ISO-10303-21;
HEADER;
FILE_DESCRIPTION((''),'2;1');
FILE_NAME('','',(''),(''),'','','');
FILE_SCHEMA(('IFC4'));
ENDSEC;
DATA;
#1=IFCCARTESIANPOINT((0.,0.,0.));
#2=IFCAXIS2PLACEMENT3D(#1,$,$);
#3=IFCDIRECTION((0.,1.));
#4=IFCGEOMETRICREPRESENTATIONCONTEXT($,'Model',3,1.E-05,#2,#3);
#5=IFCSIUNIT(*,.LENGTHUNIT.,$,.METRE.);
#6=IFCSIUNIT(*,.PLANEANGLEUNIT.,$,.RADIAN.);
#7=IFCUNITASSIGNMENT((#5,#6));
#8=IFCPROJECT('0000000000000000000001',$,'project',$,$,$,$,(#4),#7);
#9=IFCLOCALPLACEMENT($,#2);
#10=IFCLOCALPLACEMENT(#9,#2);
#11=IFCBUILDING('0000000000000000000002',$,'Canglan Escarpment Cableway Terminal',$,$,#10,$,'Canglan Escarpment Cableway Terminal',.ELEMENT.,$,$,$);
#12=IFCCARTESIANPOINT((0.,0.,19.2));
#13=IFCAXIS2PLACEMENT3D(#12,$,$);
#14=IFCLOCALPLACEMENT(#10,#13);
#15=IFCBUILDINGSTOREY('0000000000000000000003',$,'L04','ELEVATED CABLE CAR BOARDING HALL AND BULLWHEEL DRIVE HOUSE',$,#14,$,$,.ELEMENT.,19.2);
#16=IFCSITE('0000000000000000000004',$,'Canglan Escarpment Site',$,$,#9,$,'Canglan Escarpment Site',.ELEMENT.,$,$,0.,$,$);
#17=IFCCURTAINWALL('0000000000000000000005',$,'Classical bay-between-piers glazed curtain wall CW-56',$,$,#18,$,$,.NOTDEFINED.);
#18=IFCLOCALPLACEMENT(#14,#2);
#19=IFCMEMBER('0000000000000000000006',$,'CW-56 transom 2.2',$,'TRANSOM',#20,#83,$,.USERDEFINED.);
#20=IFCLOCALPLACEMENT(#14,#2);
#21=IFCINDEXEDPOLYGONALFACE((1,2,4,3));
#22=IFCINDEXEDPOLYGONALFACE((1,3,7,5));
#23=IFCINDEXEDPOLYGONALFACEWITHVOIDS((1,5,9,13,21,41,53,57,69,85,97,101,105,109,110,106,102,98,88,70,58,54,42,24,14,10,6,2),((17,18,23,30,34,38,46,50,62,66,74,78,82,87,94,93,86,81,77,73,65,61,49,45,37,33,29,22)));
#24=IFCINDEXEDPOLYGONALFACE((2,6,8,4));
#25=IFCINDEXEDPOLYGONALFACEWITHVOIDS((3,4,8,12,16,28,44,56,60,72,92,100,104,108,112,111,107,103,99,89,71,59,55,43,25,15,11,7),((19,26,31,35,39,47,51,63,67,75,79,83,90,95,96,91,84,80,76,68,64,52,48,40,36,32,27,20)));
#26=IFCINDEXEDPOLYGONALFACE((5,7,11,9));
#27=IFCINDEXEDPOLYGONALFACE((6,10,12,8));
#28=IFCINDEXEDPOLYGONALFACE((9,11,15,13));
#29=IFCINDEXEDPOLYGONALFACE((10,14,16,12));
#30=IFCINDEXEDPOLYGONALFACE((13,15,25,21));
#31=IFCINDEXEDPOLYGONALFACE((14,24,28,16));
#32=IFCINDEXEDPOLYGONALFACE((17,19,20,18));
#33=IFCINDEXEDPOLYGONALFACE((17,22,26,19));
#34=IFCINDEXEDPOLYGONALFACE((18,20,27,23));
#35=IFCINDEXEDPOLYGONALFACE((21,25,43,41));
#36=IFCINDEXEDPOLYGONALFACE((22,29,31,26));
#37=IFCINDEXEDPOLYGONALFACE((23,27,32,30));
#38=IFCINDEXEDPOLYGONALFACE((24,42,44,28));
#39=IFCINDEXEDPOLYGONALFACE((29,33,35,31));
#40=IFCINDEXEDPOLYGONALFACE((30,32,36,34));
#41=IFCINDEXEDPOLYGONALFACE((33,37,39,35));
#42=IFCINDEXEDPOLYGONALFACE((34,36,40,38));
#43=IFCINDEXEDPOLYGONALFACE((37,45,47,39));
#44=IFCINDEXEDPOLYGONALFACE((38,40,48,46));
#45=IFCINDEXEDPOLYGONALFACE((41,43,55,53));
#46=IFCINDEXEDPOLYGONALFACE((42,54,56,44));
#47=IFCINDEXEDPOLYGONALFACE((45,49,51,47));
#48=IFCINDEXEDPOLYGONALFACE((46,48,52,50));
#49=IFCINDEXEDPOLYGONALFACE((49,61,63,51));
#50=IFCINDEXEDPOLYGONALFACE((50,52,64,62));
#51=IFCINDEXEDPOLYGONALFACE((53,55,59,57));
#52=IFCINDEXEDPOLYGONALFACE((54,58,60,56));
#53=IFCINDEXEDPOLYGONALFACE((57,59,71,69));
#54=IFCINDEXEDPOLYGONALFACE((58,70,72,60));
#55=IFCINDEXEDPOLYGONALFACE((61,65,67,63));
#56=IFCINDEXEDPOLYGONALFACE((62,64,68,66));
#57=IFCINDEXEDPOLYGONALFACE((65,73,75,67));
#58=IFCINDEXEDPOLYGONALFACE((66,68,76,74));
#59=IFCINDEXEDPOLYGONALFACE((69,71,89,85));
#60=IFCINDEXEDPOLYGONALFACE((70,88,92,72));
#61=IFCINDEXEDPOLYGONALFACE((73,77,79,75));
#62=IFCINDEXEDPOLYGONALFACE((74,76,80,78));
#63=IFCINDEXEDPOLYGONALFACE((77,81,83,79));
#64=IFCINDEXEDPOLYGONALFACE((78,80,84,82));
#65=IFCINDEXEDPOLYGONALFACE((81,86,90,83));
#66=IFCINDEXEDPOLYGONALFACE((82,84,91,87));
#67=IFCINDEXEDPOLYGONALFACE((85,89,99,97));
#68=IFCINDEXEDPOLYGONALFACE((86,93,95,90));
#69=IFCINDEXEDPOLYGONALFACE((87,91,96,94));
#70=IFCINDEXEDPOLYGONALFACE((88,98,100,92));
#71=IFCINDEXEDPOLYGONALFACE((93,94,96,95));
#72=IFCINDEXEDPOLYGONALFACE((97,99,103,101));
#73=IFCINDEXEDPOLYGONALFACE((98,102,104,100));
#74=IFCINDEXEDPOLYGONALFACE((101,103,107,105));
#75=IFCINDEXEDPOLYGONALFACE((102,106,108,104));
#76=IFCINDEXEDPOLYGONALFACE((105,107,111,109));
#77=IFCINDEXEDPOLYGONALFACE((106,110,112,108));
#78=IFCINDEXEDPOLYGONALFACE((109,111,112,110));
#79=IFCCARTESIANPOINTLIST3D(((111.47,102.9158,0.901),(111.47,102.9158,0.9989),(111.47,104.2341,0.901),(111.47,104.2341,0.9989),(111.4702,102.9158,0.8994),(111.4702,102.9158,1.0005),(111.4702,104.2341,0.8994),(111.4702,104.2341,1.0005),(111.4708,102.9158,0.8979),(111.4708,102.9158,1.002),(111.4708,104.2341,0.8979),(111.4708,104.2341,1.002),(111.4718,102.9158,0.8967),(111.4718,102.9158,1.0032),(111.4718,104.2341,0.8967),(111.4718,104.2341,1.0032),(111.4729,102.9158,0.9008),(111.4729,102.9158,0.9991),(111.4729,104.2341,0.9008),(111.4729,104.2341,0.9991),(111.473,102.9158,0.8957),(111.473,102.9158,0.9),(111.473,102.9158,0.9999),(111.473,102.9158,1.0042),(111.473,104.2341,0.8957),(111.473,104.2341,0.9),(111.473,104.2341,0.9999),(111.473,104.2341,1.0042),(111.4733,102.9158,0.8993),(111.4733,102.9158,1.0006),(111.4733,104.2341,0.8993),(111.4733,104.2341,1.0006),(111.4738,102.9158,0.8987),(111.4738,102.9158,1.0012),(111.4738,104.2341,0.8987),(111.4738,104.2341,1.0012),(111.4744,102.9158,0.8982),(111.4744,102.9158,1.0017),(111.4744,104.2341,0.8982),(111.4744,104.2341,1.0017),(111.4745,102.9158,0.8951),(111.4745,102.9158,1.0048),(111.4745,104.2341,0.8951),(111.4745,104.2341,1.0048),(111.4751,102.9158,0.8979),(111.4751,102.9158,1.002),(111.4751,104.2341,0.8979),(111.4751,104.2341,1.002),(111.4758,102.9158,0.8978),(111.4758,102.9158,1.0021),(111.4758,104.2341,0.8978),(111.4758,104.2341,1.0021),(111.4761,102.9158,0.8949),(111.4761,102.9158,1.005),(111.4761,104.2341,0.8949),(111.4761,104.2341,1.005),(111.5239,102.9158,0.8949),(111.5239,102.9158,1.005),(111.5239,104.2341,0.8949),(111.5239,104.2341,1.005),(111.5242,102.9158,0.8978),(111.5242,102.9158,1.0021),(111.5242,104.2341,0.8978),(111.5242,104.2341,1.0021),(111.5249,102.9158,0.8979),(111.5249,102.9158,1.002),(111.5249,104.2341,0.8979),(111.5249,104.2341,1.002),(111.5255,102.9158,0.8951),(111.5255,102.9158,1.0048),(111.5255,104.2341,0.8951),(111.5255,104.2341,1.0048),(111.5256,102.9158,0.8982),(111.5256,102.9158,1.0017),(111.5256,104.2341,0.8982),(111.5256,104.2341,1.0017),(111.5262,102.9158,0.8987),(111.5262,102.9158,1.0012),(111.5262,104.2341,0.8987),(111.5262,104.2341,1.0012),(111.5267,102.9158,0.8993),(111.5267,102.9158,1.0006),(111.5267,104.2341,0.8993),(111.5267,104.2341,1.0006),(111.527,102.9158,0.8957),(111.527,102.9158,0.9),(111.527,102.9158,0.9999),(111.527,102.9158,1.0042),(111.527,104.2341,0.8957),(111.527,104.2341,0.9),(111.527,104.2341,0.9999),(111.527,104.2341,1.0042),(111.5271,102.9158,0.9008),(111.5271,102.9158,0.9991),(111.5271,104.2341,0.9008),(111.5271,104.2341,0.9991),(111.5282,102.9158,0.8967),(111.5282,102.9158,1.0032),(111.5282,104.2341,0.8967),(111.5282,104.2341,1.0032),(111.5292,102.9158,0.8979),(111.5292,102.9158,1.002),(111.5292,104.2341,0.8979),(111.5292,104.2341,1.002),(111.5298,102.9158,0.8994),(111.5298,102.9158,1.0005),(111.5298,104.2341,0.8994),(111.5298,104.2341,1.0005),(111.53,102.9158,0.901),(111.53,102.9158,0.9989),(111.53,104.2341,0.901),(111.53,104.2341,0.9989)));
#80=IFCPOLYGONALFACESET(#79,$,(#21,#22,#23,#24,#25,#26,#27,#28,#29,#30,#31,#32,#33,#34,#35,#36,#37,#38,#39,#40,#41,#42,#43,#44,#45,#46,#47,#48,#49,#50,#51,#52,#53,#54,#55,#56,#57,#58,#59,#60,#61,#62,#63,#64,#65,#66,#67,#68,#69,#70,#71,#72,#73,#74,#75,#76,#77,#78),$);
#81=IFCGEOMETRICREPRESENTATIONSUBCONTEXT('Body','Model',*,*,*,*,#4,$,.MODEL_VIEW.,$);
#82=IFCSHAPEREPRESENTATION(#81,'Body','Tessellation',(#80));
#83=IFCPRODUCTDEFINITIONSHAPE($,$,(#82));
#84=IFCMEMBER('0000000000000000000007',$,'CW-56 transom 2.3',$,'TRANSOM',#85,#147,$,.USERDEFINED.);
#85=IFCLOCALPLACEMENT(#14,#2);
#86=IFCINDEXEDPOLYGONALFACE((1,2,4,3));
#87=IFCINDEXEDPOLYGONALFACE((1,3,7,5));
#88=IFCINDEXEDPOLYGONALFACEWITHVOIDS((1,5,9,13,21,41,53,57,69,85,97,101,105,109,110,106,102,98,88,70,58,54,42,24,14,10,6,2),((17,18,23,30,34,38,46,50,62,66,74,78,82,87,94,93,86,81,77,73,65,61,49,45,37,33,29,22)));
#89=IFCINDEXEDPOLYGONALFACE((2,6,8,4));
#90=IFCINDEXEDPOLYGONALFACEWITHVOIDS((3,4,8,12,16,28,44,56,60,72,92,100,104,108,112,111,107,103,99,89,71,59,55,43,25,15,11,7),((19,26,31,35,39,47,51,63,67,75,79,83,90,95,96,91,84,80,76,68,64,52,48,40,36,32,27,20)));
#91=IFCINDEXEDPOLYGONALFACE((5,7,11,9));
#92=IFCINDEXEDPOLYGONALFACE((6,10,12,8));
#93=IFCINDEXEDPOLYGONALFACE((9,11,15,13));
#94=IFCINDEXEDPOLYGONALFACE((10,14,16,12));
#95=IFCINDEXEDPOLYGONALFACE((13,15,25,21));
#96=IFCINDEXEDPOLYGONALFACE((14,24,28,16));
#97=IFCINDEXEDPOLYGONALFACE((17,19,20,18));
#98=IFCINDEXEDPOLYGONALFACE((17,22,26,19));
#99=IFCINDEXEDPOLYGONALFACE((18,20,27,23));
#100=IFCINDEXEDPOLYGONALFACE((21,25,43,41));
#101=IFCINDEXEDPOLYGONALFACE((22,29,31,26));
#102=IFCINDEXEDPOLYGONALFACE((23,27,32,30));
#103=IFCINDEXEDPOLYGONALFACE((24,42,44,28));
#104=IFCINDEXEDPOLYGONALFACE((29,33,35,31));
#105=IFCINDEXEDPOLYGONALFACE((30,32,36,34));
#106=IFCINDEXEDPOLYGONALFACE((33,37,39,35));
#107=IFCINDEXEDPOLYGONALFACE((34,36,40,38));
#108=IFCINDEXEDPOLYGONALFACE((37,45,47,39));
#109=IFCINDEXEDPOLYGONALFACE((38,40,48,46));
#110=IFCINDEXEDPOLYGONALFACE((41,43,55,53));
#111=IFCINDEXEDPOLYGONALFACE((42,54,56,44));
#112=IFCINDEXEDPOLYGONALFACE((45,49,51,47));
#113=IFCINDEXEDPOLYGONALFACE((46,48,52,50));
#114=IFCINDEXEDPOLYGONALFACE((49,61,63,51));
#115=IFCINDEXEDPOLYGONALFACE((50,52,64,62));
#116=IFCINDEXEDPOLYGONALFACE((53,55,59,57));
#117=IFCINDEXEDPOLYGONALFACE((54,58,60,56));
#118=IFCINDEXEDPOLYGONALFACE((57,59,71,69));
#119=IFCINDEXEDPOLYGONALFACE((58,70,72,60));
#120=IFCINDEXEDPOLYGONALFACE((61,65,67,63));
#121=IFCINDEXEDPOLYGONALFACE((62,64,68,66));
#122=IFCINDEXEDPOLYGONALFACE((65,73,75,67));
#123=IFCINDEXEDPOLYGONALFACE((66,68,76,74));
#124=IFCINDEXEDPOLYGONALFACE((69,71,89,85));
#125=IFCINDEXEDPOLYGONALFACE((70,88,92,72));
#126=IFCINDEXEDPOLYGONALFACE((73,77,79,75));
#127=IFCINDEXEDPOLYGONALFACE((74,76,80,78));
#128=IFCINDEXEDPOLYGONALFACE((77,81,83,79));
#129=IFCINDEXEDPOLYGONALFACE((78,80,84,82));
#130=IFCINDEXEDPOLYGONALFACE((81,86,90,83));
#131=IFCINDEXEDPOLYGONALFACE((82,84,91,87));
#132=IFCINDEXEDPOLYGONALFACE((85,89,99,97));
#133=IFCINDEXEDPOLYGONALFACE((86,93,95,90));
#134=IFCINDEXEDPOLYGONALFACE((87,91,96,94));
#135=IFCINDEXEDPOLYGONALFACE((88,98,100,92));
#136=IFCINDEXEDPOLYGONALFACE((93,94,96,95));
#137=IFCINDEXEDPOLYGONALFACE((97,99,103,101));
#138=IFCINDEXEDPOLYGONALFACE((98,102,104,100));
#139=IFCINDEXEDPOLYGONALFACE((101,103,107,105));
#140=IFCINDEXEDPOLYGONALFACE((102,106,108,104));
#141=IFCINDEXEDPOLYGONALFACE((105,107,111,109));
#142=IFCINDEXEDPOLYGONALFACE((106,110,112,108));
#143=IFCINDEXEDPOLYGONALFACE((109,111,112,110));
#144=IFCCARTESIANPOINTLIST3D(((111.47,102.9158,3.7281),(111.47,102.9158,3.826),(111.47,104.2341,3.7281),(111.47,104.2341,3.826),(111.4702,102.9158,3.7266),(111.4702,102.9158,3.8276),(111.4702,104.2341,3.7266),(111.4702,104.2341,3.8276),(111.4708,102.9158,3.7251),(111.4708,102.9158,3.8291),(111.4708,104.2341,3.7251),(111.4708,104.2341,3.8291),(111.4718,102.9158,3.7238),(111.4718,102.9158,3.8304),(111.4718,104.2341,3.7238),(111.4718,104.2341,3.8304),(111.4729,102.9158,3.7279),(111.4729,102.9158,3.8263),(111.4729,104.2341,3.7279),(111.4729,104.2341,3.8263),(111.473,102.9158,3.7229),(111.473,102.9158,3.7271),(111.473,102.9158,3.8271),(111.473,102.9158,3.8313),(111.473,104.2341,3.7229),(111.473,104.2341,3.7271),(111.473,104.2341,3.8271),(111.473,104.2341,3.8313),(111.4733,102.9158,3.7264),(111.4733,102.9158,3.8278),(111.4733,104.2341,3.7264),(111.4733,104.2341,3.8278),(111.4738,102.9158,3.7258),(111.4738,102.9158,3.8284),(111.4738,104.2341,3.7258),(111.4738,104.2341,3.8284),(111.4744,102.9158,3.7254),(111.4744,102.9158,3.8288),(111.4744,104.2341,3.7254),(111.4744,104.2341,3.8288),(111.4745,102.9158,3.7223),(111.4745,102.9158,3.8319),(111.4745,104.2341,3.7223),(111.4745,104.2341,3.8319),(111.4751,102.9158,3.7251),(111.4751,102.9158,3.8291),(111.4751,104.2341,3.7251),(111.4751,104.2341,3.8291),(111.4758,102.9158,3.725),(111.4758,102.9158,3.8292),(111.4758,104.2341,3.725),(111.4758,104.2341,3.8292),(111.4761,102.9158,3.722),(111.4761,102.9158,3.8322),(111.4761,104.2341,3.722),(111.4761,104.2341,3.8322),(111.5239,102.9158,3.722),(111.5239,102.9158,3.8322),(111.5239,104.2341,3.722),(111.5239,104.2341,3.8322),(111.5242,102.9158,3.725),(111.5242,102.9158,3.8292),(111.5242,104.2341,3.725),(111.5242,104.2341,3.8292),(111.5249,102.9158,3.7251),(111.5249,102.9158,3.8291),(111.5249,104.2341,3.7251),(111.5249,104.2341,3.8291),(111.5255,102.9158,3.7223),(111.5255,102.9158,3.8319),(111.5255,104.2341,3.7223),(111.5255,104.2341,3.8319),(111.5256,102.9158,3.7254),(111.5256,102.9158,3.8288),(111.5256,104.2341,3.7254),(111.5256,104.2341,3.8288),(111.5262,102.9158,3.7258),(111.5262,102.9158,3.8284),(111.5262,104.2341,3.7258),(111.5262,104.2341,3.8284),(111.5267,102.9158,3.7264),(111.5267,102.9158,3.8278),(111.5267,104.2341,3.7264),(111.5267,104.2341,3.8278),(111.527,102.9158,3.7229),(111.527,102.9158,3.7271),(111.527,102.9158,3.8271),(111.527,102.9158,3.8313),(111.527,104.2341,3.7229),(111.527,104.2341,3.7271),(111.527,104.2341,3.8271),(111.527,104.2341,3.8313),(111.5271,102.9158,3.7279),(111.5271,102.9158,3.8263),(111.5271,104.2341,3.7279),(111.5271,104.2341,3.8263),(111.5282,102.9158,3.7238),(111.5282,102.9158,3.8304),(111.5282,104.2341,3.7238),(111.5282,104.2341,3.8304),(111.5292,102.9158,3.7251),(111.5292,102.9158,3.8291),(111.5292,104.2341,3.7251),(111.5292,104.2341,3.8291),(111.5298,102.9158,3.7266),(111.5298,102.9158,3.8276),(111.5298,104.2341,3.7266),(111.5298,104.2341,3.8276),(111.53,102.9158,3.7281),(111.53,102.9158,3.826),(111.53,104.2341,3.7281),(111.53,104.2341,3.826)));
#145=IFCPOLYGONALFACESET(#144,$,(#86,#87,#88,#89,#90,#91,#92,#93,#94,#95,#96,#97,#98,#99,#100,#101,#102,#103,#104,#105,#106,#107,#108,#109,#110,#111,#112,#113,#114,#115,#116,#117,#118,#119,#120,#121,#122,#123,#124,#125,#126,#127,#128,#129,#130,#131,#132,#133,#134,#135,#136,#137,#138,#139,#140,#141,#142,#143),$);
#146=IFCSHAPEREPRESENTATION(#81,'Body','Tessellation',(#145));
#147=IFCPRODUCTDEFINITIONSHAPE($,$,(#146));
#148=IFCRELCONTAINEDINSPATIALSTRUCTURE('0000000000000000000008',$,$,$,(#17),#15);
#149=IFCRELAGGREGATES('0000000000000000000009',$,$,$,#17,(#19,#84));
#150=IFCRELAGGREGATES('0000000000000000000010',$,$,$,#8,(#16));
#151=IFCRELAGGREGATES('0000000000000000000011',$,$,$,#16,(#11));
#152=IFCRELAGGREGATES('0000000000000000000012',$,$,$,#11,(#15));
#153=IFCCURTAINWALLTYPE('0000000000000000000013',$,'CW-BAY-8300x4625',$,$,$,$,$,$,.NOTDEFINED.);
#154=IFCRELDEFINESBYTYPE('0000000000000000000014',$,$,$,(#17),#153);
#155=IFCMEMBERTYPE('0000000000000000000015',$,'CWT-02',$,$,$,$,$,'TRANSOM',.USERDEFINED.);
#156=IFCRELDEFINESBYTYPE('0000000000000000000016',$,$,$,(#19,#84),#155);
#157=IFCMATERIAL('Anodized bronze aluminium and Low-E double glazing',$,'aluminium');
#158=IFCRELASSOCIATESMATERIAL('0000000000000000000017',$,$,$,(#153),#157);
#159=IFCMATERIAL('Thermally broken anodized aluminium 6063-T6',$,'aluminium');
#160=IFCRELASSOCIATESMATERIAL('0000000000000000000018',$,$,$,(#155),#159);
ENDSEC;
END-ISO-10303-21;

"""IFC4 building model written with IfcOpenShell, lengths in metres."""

from ifc_helpers import new_model, si_unit, direction, frame, origin, origin_2d, place, context, subcontext, project, spatial, hollow_rectangle, extrude, material, material_profile, profile_set, type_object, element, aggregate, save


model = new_model("IFC4")

# Units and contexts
model_context = context("Model", 3, precision=1e-05, world=origin(), true_north=direction((0.0, 1.0)))
body_context = subcontext(model_context, "Body", "Model", "MODEL_VIEW")
ifc_project = project(units=[si_unit("LENGTHUNIT", "METRE"), si_unit("PLANEANGLEUNIT", "RADIAN")], contexts=[model_context])

# Site, building, storey
site_placement = place(None, origin())
site = spatial("IfcSite", under=ifc_project, at=site_placement, Name="Canglan Escarpment Site", LongName="Canglan Escarpment Site", CompositionType="ELEMENT", RefElevation=0.0)
building_placement = place(site_placement, origin())
building = spatial("IfcBuilding", under=site, at=building_placement, Name="Canglan Escarpment Cableway Terminal", LongName="Canglan Escarpment Cableway Terminal", CompositionType="ELEMENT")
storey_placement = place(building_placement, frame((0.0, 0.0, 19.2)))
storey = spatial("IfcBuildingStorey", under=building, at=storey_placement, Name="L04", Description="ELEVATED CABLE CAR BOARDING HALL AND BULLWHEEL DRIVE HOUSE", CompositionType="ELEMENT", Elevation=19.2)

# Curtain wall, members
ifc_material_1 = material(Name="Anodized bronze aluminium and Low-E double glazing", Category="aluminium")
curtain_wall_type = type_object("IfcCurtainWallType", Name="CW-BAY-8300x4625", PredefinedType="NOTDEFINED", material=ifc_material_1)
curtain_wall_placement = place(storey_placement, origin())
curtain_wall = element("IfcCurtainWall", 1, at=curtain_wall_placement, inside=storey, type_object=curtain_wall_type, Name="Classical bay-between-piers glazed curtain wall CW-56", PredefinedType="NOTDEFINED")
ifc_material_2 = material(Name="Thermally broken anodized aluminium 6063-T6", Category="aluminium")
ifc_material_profile_1 = material_profile(ifc_material_2, hollow_rectangle(XDim=0.0601, YDim=0.1101, WallThickness=0.0029, InnerFilletRadius=0.0029, OuterFilletRadius=0.0061, at=origin_2d()), Name="ALU-TRAN 60x110x3")
ifc_profile_set_1 = profile_set([ifc_material_profile_1], Name="Thermally broken anodized aluminium 6063-T6")
member_type_1 = type_object("IfcMemberType", Name="CWT-02", ElementType="TRANSOM", PredefinedType="USERDEFINED", material=ifc_profile_set_1)
member_1_placement = place(storey_placement, frame((111.5, 104.2341, 0.95), z_axis=(0.0, -1.0, 0.0), x_axis=(1.0, 0.0, 0.0)))
member_1 = element("IfcMember", 2, at=member_1_placement, type_object=member_type_1, Name="CW-56 transom 2.2", ObjectType="TRANSOM", PredefinedType="USERDEFINED", context=body_context, shape_type="SweptSolid", body=[
    extrude(hollow_rectangle(XDim=0.0601, YDim=0.1101, WallThickness=0.0029, InnerFilletRadius=0.0029, OuterFilletRadius=0.0061, at=origin_2d()), origin(), (0.0, 0.0, 1.0), 1.3184),
])
member_2_placement = place(storey_placement, frame((111.5, 104.2341, 3.7771), z_axis=(0.0, -1.0, 0.0), x_axis=(1.0, 0.0, 0.0)))
member_2 = element("IfcMember", 3, at=member_2_placement, type_object=member_type_1, Name="CW-56 transom 2.3", ObjectType="TRANSOM", PredefinedType="USERDEFINED", context=body_context, shape_type="SweptSolid", body=[
    extrude(hollow_rectangle(XDim=0.0601, YDim=0.1101, WallThickness=0.0029, InnerFilletRadius=0.0029, OuterFilletRadius=0.0061, at=origin_2d()), origin(), (0.0, 0.0, 1.0), 1.3184),
])
aggregate(curtain_wall, [member_1, member_2])

save(model, "model.ifc")
